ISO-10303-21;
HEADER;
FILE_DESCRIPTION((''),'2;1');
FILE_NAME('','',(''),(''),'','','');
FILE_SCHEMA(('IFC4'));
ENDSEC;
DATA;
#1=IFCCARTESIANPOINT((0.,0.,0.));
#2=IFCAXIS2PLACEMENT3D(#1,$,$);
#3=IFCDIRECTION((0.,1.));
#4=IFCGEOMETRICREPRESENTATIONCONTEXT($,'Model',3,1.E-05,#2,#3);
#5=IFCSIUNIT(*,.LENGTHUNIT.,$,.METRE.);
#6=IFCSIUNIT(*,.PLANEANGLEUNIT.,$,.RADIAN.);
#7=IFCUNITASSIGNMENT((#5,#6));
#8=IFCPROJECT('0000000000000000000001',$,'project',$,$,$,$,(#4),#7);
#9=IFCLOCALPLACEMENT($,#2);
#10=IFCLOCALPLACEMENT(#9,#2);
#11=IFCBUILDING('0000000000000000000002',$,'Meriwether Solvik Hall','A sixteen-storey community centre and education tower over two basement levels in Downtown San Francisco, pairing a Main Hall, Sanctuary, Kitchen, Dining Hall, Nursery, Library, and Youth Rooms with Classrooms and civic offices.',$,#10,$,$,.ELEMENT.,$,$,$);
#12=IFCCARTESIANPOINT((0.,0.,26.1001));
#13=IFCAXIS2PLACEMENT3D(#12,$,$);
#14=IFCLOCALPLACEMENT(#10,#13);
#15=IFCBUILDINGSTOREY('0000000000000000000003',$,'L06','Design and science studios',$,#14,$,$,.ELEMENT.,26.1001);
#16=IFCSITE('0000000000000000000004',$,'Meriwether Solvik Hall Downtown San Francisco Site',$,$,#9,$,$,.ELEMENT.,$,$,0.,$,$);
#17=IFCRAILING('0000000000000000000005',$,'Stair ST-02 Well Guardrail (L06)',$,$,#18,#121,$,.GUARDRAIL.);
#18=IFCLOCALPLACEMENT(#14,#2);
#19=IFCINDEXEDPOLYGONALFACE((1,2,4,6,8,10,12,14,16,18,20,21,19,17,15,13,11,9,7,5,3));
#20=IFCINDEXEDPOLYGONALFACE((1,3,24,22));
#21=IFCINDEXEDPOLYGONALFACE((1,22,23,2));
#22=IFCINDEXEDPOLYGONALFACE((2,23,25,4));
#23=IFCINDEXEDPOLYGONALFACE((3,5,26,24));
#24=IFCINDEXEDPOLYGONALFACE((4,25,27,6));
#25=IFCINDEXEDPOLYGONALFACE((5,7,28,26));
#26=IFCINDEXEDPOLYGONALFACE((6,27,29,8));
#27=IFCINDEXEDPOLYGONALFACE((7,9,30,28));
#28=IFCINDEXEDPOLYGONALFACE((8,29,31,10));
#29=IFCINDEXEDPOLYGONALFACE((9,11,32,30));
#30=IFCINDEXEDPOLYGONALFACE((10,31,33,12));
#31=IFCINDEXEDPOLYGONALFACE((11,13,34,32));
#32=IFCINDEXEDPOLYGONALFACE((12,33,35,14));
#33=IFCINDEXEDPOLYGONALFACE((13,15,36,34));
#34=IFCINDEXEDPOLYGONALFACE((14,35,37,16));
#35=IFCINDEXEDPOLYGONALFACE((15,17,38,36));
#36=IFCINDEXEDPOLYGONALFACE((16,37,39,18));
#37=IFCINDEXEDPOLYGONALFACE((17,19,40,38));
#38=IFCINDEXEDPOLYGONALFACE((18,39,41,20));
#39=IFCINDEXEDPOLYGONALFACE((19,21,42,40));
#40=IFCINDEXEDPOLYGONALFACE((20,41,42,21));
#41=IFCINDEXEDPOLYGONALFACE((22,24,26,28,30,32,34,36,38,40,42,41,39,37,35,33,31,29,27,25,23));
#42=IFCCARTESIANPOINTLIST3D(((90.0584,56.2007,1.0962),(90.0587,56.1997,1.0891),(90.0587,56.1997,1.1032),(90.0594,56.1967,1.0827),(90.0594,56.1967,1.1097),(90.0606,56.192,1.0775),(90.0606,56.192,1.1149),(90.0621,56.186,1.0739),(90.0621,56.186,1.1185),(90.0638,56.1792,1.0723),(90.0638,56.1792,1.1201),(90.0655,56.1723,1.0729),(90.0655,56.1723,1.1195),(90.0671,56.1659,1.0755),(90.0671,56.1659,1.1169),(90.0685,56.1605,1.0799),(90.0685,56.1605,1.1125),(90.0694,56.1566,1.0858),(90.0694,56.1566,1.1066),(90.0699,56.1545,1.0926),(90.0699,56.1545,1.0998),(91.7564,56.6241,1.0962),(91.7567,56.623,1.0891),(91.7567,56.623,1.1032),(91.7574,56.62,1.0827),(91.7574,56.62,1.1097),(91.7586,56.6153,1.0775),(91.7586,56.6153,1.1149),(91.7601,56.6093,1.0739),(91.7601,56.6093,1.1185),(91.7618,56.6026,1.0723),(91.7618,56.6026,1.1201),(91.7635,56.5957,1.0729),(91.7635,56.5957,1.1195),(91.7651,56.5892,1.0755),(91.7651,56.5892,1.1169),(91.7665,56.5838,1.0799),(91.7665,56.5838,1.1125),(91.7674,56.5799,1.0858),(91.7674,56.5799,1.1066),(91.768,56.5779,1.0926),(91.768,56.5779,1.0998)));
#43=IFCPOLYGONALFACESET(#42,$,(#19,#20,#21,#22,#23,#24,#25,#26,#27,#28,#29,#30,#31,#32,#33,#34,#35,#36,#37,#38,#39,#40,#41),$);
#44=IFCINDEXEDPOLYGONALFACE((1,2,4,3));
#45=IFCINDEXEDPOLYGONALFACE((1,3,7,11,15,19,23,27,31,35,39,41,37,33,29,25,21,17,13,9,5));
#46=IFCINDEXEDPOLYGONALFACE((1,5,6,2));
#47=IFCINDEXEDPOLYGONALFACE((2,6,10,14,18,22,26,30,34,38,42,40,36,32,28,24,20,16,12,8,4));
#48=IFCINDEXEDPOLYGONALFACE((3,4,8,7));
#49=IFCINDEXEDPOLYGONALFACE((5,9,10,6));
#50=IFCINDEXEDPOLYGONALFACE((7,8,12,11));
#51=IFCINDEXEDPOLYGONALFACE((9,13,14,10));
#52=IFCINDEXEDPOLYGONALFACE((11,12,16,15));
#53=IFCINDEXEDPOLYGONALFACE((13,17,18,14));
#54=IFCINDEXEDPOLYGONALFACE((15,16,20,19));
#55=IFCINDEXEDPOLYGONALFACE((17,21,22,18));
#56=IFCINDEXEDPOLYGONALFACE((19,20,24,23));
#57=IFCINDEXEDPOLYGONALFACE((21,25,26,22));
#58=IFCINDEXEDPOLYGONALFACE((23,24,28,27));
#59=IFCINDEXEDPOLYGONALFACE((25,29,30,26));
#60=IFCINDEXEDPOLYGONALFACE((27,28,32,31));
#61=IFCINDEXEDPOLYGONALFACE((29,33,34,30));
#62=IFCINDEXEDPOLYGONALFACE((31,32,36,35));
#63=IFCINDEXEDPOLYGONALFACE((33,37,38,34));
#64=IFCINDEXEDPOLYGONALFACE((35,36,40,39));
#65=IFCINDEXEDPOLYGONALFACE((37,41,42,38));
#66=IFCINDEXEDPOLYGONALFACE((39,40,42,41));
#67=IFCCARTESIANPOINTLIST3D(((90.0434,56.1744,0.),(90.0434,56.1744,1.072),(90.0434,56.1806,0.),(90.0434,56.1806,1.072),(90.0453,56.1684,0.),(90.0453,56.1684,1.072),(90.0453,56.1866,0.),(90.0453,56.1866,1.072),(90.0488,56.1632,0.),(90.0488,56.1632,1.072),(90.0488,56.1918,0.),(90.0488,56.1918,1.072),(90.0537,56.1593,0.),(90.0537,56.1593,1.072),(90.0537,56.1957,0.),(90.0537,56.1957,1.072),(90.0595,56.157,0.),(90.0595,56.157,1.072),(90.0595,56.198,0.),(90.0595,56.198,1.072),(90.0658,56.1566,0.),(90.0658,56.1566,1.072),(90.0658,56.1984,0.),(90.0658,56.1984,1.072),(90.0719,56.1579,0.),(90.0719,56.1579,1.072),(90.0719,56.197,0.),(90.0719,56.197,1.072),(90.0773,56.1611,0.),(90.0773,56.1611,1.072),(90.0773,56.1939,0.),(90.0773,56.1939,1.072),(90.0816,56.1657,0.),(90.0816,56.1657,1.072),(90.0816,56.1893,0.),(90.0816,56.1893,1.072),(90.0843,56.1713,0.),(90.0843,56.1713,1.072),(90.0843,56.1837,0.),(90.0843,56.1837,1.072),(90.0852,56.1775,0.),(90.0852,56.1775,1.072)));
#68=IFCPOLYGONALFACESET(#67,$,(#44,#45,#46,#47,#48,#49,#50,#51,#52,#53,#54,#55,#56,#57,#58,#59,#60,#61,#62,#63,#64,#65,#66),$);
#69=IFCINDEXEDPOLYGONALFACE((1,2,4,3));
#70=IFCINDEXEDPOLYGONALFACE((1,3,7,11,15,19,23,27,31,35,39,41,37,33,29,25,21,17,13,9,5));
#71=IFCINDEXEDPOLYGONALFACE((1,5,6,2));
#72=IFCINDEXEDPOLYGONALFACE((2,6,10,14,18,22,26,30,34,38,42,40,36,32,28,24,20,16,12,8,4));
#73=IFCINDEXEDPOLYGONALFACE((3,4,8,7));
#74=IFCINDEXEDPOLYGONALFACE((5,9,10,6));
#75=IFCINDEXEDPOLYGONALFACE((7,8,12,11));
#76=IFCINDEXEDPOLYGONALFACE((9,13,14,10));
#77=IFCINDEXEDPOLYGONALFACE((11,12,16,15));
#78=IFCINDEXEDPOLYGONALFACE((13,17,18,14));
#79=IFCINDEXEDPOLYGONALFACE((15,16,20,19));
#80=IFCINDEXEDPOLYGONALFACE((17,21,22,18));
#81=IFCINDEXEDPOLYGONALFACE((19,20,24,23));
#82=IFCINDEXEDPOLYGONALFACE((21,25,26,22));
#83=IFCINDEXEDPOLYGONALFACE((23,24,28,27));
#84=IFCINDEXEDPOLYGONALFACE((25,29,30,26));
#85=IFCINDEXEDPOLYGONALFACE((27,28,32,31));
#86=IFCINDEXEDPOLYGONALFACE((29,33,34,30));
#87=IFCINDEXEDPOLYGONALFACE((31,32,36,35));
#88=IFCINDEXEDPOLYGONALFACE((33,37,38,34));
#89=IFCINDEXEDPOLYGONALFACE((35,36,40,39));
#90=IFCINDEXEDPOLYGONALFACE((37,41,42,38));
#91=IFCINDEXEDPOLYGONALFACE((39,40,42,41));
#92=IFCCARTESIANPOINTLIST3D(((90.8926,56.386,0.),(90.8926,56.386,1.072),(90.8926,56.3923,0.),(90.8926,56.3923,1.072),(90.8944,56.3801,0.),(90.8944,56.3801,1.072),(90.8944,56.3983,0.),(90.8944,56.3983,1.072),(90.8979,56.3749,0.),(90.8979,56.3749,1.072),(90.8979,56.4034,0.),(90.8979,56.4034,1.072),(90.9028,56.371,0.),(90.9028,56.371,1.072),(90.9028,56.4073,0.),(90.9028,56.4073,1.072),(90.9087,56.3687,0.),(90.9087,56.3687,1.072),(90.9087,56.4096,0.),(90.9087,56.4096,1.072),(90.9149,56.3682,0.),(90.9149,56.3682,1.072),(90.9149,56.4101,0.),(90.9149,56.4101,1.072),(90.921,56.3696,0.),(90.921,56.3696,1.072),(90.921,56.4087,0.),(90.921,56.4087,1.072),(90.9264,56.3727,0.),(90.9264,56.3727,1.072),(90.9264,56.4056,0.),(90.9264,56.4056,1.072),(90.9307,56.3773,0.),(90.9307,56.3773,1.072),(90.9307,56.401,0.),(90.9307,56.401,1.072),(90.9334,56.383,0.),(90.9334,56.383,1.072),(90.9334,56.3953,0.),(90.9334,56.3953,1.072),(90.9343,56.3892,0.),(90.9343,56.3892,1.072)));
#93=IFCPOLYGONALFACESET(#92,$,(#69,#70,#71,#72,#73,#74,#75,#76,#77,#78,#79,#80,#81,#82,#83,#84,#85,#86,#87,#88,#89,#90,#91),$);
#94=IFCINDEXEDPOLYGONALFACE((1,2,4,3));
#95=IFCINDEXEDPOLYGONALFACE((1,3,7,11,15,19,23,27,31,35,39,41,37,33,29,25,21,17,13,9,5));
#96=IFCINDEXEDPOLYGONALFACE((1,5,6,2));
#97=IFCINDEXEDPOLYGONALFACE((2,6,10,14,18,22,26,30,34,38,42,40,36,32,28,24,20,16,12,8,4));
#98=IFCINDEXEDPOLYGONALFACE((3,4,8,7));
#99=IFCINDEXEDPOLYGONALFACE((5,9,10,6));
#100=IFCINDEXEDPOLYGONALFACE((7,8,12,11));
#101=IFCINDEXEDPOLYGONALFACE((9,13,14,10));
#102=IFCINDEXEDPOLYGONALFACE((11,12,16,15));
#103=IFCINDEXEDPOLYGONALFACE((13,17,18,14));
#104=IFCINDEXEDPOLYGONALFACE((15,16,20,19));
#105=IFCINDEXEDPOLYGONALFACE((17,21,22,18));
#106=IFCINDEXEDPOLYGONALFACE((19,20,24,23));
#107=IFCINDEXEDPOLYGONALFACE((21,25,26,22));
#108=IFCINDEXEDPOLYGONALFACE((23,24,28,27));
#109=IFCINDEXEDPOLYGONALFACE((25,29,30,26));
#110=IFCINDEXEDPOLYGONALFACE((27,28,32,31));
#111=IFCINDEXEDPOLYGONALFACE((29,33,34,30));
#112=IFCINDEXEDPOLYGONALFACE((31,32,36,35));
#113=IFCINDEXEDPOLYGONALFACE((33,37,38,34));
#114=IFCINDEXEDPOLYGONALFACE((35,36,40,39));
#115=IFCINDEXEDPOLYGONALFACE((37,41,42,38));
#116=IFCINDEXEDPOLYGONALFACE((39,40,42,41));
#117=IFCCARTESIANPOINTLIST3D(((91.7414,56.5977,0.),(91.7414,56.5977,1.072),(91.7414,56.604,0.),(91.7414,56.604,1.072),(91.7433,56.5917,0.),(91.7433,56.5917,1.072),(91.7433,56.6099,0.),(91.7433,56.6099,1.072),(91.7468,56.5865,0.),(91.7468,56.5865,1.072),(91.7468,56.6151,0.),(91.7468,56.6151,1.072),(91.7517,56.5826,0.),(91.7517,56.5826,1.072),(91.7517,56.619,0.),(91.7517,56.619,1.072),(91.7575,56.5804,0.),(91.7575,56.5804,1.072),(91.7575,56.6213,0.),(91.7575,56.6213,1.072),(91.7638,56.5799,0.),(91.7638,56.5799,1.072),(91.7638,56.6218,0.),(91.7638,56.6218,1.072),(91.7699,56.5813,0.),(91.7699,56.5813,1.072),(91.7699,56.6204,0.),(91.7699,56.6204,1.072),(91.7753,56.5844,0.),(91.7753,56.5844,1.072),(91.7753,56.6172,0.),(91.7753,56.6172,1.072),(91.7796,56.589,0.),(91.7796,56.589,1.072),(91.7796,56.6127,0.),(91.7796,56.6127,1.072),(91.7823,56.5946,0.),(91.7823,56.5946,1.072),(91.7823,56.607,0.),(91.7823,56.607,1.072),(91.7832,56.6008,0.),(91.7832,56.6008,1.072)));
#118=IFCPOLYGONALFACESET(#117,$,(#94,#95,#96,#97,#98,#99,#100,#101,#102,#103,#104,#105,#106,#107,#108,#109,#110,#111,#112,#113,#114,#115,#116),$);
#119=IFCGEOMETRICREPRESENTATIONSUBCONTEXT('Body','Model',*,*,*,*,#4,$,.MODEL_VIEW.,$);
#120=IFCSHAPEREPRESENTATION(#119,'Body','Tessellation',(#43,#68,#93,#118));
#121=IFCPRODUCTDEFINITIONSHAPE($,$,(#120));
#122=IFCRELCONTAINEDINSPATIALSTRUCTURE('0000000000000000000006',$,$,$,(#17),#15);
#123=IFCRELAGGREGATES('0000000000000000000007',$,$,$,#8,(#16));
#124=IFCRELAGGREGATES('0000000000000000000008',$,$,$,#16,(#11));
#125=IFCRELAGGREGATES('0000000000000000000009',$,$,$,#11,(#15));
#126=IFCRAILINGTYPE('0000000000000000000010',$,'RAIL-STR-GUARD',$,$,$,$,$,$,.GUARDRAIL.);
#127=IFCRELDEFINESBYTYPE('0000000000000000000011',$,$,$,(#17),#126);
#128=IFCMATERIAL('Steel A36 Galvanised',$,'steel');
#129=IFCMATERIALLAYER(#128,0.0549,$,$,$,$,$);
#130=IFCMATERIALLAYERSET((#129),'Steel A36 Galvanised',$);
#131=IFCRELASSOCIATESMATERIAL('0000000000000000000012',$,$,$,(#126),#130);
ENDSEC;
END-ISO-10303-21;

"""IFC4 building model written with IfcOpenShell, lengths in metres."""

from ifc_helpers import new_model, si_unit, direction, frame, origin, origin_2d, place, context, subcontext, project, spatial, circle, extrude, material, layer, layer_set, type_object, element, save


model = new_model("IFC4")

# Units and contexts
model_context = context("Model", 3, precision=1e-05, world=origin(), true_north=direction((0.0, 1.0)))
body_context = subcontext(model_context, "Body", "Model", "MODEL_VIEW")
ifc_project = project(units=[si_unit("LENGTHUNIT", "METRE"), si_unit("PLANEANGLEUNIT", "RADIAN")], contexts=[model_context])

# Site, building, storey
site_placement = place(None, origin())
site = spatial("IfcSite", under=ifc_project, at=site_placement, Name="Meriwether Solvik Hall Downtown San Francisco Site", CompositionType="ELEMENT", RefElevation=0.0)
building_placement = place(site_placement, origin())
building = spatial("IfcBuilding", under=site, at=building_placement, Name="Meriwether Solvik Hall", Description="A sixteen-storey community centre and education tower over two basement levels in Downtown San Francisco, pairing a Main Hall, Sanctuary, Kitchen, Dining Hall, Nursery, Library, and Youth Rooms with Classrooms and civic offices.", CompositionType="ELEMENT")
storey_placement = place(building_placement, frame((0.0, 0.0, 26.1001)))
storey = spatial("IfcBuildingStorey", under=building, at=storey_placement, Name="L06", Description="Design and science studios", CompositionType="ELEMENT", Elevation=26.1001)

# Railing
ifc_material_1 = material(Name="Steel A36 Galvanised", Category="steel")
ifc_layer_1 = layer(ifc_material_1, 0.0549)
ifc_layer_set_1 = layer_set([ifc_layer_1], Name="Steel A36 Galvanised")
railing_type_1 = type_object("IfcRailingType", Name="RAIL-STR-GUARD", PredefinedType="GUARDRAIL", material=ifc_layer_set_1)
railing_1_placement = place(storey_placement, frame((90.0642, 56.1775, 0.0)))
element("IfcRailing", 1, at=railing_1_placement, inside=storey, type_object=railing_type_1, Name="Stair ST-02 Well Guardrail (L06)", PredefinedType="GUARDRAIL", context=body_context, shape_type="SweptSolid", body=[
    extrude(circle(Radius=0.0239, at=origin_2d()), frame((0.0, 0.0, 1.0962), z_axis=(0.970298, 0.241912, 0.0), x_axis=(-0.241912, 0.970298, 0.0)), (0.0, 0.0, 1.0), 1.75),
    extrude(circle(Radius=0.021, at=origin_2d()), origin(), (0.0, 0.0, 1.0), 1.072),
    extrude(circle(Radius=0.021, at=origin_2d()), frame((0.8491, 0.2117, 0.0)), (0.0, 0.0, 1.0), 1.072),
    extrude(circle(Radius=0.021, at=origin_2d()), frame((1.698, 0.4233, 0.0)), (0.0, 0.0, 1.0), 1.072),
])

save(model, "model.ifc")
